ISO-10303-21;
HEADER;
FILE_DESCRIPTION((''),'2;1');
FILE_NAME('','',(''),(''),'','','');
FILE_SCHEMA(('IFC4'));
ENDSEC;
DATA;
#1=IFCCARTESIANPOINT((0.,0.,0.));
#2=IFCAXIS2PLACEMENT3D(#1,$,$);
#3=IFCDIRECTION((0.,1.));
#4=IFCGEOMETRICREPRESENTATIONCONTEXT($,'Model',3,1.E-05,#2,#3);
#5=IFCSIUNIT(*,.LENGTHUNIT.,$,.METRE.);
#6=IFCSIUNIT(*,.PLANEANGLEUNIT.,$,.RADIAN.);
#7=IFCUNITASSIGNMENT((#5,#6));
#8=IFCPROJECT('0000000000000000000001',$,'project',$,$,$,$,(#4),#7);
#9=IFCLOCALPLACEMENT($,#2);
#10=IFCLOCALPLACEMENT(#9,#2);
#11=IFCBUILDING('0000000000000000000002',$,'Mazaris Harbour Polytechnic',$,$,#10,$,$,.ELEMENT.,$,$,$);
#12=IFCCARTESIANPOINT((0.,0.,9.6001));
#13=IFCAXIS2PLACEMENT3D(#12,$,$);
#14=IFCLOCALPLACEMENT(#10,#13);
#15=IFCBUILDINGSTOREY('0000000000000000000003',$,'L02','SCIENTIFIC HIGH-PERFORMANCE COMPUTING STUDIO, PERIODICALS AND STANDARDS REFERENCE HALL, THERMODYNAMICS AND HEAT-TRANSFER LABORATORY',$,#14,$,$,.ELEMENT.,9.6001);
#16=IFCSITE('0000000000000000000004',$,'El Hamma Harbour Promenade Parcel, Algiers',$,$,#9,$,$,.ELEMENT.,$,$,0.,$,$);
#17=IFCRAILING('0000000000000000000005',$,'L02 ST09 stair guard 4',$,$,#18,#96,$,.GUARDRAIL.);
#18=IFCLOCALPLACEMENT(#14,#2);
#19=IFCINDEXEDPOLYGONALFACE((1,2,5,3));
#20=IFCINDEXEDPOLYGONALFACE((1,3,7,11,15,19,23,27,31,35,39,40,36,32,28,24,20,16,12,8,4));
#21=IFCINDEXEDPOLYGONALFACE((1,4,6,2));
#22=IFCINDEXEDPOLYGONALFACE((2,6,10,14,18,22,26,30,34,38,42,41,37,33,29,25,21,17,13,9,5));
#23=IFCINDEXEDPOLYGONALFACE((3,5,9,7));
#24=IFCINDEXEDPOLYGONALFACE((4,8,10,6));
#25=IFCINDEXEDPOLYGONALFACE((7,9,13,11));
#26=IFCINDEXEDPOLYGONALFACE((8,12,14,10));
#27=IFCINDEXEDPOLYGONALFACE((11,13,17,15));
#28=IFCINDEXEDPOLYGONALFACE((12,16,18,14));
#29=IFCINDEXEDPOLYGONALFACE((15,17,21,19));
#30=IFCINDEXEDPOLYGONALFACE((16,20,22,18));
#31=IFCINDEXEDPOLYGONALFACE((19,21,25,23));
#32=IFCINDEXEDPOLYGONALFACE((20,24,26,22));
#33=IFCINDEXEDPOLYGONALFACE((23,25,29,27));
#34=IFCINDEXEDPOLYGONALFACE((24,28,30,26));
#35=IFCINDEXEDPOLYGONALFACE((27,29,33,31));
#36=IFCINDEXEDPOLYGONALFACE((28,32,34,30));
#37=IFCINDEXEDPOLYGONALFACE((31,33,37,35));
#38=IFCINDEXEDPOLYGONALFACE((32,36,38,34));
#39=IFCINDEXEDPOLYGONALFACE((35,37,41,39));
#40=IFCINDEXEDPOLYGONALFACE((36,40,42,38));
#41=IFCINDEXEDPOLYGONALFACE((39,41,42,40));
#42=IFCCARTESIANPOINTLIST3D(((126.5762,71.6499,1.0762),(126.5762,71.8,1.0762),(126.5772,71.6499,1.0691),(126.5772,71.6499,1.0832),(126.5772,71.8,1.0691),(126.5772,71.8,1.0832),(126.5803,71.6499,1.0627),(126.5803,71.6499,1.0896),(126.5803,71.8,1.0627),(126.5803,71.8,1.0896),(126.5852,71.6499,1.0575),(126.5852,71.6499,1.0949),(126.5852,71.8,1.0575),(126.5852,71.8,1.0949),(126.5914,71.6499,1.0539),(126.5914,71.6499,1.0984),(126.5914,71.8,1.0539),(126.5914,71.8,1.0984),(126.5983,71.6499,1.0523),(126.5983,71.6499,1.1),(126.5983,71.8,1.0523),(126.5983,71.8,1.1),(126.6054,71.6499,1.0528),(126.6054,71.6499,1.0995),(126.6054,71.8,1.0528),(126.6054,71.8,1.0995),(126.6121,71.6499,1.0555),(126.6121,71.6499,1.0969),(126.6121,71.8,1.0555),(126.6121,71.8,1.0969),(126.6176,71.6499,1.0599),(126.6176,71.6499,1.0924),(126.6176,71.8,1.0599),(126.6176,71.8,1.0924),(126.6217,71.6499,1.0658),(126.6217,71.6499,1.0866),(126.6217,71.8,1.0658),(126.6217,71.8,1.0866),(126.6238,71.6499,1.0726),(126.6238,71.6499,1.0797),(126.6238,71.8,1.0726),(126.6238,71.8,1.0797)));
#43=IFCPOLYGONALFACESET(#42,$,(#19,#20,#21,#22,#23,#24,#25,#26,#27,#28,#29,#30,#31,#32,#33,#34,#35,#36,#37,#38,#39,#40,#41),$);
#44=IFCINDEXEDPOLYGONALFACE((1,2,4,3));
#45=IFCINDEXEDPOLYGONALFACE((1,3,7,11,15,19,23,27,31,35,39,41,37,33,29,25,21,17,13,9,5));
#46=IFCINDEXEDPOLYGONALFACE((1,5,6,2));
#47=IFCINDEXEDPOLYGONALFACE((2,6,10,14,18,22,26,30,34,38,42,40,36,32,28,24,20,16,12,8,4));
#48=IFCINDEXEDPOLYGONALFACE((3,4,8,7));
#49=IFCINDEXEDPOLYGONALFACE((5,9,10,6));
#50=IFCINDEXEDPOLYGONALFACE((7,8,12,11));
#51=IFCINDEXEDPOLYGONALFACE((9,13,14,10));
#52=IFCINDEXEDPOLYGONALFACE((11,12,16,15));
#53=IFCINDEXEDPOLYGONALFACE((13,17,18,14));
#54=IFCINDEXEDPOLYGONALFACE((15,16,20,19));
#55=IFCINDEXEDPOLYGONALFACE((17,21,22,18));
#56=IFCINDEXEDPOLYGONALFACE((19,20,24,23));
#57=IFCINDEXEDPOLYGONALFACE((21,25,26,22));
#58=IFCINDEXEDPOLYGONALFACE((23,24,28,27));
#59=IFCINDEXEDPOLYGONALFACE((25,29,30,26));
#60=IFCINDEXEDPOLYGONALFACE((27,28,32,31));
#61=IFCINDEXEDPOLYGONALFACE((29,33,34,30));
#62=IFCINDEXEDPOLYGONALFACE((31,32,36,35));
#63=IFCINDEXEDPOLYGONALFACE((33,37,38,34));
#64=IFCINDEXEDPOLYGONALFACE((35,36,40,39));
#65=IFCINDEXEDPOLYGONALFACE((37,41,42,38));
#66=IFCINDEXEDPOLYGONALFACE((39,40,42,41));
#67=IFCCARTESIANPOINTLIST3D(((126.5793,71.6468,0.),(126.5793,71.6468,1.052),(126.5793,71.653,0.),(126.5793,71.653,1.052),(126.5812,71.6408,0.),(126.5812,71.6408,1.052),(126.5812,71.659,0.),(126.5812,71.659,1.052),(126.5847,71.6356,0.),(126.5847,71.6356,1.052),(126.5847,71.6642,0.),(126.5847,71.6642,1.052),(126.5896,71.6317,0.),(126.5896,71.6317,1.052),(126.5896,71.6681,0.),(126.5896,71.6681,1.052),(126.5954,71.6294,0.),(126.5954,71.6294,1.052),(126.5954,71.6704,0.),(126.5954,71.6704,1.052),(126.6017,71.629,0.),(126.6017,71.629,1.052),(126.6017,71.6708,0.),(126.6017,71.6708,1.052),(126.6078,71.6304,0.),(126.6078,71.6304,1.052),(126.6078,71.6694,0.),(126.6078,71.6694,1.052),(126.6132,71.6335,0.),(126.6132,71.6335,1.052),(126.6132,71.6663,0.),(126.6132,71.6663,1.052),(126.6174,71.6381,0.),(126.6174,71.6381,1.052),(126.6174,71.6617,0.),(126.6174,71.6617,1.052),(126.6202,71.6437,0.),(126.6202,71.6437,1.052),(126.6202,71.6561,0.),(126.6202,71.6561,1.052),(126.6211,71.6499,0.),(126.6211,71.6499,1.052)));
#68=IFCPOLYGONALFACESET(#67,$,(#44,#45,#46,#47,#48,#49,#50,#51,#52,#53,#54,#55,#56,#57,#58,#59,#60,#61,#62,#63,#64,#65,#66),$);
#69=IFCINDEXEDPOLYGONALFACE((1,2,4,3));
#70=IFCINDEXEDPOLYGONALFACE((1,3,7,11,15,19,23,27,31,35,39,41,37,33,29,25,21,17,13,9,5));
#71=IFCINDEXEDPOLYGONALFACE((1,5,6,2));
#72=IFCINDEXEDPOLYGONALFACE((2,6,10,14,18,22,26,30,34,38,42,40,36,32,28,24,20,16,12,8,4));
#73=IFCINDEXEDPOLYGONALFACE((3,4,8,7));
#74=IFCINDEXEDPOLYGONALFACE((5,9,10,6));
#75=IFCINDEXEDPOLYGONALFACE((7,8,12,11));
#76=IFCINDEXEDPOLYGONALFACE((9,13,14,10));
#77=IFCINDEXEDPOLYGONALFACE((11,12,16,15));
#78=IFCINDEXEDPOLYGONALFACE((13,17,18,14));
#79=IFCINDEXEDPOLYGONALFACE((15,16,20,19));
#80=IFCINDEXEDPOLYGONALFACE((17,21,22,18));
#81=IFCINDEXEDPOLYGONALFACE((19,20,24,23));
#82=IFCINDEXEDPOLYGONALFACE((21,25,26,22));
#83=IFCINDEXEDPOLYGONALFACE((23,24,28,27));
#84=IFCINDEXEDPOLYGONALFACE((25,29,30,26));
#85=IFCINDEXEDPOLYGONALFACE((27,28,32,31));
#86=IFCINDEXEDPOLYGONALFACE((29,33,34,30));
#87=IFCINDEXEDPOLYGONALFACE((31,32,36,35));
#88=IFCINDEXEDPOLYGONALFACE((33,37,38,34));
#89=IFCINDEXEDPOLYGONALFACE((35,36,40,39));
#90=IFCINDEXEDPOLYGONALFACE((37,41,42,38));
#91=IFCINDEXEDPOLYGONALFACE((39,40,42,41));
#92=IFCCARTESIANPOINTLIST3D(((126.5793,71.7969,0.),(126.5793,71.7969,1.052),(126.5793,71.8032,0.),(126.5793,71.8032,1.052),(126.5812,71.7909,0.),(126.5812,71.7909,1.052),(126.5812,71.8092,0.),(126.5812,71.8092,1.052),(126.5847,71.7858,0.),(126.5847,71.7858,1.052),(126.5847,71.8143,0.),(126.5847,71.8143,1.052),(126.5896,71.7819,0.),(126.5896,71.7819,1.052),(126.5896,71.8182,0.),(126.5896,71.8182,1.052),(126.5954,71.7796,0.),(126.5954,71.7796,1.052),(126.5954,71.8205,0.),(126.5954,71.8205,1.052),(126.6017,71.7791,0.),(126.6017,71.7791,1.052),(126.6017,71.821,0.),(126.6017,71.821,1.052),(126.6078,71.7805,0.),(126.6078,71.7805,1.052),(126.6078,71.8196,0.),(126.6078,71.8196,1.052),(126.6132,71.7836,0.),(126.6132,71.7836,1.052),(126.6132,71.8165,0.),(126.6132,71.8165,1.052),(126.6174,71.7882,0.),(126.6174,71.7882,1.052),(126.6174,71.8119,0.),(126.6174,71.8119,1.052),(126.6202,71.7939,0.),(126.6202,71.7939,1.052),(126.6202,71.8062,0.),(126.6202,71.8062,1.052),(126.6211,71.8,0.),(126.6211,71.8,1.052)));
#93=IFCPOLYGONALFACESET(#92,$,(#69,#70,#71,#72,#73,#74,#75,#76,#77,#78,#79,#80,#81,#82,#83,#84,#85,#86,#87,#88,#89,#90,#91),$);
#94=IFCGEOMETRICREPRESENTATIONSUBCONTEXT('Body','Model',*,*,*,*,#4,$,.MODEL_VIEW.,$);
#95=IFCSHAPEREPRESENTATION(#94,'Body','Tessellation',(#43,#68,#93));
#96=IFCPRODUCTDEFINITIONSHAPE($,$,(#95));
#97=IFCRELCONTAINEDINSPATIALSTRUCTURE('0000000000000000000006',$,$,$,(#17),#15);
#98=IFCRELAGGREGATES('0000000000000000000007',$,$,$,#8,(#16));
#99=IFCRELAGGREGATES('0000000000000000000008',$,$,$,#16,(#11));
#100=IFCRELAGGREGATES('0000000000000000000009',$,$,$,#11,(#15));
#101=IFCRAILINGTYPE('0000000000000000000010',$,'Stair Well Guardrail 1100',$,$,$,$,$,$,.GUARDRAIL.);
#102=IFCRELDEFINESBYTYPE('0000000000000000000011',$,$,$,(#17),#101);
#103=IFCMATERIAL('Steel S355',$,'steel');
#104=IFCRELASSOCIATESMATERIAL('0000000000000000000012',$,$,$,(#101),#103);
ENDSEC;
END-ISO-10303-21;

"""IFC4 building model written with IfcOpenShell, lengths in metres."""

from ifc_helpers import new_model, si_unit, direction, frame, origin, origin_2d, place, context, subcontext, project, spatial, circle, extrude, material, type_object, element, save


model = new_model("IFC4")

# Units and contexts
model_context = context("Model", 3, precision=1e-05, world=origin(), true_north=direction((0.0, 1.0)))
body_context = subcontext(model_context, "Body", "Model", "MODEL_VIEW")
ifc_project = project(units=[si_unit("LENGTHUNIT", "METRE"), si_unit("PLANEANGLEUNIT", "RADIAN")], contexts=[model_context])

# Site, building, storey
site_placement = place(None, origin())
site = spatial("IfcSite", under=ifc_project, at=site_placement, Name="El Hamma Harbour Promenade Parcel, Algiers", CompositionType="ELEMENT", RefElevation=0.0)
building_placement = place(site_placement, origin())
building = spatial("IfcBuilding", under=site, at=building_placement, Name="Mazaris Harbour Polytechnic", CompositionType="ELEMENT")
storey_placement = place(building_placement, frame((0.0, 0.0, 9.6001)))
storey = spatial("IfcBuildingStorey", under=building, at=storey_placement, Name="L02", Description="SCIENTIFIC HIGH-PERFORMANCE COMPUTING STUDIO, PERIODICALS AND STANDARDS REFERENCE HALL, THERMODYNAMICS AND HEAT-TRANSFER LABORATORY", CompositionType="ELEMENT", Elevation=9.6001)

# Railing
ifc_material_1 = material(Name="Steel S355", Category="steel")
railing_type_1 = type_object("IfcRailingType", Name="Stair Well Guardrail 1100", PredefinedType="GUARDRAIL", material=ifc_material_1)
railing_1_placement = place(storey_placement, frame((126.6001, 71.6499, 0.0)))
element("IfcRailing", 1, at=railing_1_placement, inside=storey, type_object=railing_type_1, Name="L02 ST09 stair guard 4", PredefinedType="GUARDRAIL", context=body_context, shape_type="SweptSolid", body=[
    extrude(circle(Radius=0.0239, at=origin_2d()), frame((0.0, 0.0, 1.0762), z_axis=(0.0, 1.0, 0.0), x_axis=(-1.0, 0.0, 0.0)), (0.0, 0.0, 1.0), 0.1501),
    extrude(circle(Radius=0.021, at=origin_2d()), origin(), (0.0, 0.0, 1.0), 1.052),
    extrude(circle(Radius=0.021, at=origin_2d()), frame((0.0, 0.1501, 0.0)), (0.0, 0.0, 1.0), 1.052),
])

save(model, "model.ifc")
